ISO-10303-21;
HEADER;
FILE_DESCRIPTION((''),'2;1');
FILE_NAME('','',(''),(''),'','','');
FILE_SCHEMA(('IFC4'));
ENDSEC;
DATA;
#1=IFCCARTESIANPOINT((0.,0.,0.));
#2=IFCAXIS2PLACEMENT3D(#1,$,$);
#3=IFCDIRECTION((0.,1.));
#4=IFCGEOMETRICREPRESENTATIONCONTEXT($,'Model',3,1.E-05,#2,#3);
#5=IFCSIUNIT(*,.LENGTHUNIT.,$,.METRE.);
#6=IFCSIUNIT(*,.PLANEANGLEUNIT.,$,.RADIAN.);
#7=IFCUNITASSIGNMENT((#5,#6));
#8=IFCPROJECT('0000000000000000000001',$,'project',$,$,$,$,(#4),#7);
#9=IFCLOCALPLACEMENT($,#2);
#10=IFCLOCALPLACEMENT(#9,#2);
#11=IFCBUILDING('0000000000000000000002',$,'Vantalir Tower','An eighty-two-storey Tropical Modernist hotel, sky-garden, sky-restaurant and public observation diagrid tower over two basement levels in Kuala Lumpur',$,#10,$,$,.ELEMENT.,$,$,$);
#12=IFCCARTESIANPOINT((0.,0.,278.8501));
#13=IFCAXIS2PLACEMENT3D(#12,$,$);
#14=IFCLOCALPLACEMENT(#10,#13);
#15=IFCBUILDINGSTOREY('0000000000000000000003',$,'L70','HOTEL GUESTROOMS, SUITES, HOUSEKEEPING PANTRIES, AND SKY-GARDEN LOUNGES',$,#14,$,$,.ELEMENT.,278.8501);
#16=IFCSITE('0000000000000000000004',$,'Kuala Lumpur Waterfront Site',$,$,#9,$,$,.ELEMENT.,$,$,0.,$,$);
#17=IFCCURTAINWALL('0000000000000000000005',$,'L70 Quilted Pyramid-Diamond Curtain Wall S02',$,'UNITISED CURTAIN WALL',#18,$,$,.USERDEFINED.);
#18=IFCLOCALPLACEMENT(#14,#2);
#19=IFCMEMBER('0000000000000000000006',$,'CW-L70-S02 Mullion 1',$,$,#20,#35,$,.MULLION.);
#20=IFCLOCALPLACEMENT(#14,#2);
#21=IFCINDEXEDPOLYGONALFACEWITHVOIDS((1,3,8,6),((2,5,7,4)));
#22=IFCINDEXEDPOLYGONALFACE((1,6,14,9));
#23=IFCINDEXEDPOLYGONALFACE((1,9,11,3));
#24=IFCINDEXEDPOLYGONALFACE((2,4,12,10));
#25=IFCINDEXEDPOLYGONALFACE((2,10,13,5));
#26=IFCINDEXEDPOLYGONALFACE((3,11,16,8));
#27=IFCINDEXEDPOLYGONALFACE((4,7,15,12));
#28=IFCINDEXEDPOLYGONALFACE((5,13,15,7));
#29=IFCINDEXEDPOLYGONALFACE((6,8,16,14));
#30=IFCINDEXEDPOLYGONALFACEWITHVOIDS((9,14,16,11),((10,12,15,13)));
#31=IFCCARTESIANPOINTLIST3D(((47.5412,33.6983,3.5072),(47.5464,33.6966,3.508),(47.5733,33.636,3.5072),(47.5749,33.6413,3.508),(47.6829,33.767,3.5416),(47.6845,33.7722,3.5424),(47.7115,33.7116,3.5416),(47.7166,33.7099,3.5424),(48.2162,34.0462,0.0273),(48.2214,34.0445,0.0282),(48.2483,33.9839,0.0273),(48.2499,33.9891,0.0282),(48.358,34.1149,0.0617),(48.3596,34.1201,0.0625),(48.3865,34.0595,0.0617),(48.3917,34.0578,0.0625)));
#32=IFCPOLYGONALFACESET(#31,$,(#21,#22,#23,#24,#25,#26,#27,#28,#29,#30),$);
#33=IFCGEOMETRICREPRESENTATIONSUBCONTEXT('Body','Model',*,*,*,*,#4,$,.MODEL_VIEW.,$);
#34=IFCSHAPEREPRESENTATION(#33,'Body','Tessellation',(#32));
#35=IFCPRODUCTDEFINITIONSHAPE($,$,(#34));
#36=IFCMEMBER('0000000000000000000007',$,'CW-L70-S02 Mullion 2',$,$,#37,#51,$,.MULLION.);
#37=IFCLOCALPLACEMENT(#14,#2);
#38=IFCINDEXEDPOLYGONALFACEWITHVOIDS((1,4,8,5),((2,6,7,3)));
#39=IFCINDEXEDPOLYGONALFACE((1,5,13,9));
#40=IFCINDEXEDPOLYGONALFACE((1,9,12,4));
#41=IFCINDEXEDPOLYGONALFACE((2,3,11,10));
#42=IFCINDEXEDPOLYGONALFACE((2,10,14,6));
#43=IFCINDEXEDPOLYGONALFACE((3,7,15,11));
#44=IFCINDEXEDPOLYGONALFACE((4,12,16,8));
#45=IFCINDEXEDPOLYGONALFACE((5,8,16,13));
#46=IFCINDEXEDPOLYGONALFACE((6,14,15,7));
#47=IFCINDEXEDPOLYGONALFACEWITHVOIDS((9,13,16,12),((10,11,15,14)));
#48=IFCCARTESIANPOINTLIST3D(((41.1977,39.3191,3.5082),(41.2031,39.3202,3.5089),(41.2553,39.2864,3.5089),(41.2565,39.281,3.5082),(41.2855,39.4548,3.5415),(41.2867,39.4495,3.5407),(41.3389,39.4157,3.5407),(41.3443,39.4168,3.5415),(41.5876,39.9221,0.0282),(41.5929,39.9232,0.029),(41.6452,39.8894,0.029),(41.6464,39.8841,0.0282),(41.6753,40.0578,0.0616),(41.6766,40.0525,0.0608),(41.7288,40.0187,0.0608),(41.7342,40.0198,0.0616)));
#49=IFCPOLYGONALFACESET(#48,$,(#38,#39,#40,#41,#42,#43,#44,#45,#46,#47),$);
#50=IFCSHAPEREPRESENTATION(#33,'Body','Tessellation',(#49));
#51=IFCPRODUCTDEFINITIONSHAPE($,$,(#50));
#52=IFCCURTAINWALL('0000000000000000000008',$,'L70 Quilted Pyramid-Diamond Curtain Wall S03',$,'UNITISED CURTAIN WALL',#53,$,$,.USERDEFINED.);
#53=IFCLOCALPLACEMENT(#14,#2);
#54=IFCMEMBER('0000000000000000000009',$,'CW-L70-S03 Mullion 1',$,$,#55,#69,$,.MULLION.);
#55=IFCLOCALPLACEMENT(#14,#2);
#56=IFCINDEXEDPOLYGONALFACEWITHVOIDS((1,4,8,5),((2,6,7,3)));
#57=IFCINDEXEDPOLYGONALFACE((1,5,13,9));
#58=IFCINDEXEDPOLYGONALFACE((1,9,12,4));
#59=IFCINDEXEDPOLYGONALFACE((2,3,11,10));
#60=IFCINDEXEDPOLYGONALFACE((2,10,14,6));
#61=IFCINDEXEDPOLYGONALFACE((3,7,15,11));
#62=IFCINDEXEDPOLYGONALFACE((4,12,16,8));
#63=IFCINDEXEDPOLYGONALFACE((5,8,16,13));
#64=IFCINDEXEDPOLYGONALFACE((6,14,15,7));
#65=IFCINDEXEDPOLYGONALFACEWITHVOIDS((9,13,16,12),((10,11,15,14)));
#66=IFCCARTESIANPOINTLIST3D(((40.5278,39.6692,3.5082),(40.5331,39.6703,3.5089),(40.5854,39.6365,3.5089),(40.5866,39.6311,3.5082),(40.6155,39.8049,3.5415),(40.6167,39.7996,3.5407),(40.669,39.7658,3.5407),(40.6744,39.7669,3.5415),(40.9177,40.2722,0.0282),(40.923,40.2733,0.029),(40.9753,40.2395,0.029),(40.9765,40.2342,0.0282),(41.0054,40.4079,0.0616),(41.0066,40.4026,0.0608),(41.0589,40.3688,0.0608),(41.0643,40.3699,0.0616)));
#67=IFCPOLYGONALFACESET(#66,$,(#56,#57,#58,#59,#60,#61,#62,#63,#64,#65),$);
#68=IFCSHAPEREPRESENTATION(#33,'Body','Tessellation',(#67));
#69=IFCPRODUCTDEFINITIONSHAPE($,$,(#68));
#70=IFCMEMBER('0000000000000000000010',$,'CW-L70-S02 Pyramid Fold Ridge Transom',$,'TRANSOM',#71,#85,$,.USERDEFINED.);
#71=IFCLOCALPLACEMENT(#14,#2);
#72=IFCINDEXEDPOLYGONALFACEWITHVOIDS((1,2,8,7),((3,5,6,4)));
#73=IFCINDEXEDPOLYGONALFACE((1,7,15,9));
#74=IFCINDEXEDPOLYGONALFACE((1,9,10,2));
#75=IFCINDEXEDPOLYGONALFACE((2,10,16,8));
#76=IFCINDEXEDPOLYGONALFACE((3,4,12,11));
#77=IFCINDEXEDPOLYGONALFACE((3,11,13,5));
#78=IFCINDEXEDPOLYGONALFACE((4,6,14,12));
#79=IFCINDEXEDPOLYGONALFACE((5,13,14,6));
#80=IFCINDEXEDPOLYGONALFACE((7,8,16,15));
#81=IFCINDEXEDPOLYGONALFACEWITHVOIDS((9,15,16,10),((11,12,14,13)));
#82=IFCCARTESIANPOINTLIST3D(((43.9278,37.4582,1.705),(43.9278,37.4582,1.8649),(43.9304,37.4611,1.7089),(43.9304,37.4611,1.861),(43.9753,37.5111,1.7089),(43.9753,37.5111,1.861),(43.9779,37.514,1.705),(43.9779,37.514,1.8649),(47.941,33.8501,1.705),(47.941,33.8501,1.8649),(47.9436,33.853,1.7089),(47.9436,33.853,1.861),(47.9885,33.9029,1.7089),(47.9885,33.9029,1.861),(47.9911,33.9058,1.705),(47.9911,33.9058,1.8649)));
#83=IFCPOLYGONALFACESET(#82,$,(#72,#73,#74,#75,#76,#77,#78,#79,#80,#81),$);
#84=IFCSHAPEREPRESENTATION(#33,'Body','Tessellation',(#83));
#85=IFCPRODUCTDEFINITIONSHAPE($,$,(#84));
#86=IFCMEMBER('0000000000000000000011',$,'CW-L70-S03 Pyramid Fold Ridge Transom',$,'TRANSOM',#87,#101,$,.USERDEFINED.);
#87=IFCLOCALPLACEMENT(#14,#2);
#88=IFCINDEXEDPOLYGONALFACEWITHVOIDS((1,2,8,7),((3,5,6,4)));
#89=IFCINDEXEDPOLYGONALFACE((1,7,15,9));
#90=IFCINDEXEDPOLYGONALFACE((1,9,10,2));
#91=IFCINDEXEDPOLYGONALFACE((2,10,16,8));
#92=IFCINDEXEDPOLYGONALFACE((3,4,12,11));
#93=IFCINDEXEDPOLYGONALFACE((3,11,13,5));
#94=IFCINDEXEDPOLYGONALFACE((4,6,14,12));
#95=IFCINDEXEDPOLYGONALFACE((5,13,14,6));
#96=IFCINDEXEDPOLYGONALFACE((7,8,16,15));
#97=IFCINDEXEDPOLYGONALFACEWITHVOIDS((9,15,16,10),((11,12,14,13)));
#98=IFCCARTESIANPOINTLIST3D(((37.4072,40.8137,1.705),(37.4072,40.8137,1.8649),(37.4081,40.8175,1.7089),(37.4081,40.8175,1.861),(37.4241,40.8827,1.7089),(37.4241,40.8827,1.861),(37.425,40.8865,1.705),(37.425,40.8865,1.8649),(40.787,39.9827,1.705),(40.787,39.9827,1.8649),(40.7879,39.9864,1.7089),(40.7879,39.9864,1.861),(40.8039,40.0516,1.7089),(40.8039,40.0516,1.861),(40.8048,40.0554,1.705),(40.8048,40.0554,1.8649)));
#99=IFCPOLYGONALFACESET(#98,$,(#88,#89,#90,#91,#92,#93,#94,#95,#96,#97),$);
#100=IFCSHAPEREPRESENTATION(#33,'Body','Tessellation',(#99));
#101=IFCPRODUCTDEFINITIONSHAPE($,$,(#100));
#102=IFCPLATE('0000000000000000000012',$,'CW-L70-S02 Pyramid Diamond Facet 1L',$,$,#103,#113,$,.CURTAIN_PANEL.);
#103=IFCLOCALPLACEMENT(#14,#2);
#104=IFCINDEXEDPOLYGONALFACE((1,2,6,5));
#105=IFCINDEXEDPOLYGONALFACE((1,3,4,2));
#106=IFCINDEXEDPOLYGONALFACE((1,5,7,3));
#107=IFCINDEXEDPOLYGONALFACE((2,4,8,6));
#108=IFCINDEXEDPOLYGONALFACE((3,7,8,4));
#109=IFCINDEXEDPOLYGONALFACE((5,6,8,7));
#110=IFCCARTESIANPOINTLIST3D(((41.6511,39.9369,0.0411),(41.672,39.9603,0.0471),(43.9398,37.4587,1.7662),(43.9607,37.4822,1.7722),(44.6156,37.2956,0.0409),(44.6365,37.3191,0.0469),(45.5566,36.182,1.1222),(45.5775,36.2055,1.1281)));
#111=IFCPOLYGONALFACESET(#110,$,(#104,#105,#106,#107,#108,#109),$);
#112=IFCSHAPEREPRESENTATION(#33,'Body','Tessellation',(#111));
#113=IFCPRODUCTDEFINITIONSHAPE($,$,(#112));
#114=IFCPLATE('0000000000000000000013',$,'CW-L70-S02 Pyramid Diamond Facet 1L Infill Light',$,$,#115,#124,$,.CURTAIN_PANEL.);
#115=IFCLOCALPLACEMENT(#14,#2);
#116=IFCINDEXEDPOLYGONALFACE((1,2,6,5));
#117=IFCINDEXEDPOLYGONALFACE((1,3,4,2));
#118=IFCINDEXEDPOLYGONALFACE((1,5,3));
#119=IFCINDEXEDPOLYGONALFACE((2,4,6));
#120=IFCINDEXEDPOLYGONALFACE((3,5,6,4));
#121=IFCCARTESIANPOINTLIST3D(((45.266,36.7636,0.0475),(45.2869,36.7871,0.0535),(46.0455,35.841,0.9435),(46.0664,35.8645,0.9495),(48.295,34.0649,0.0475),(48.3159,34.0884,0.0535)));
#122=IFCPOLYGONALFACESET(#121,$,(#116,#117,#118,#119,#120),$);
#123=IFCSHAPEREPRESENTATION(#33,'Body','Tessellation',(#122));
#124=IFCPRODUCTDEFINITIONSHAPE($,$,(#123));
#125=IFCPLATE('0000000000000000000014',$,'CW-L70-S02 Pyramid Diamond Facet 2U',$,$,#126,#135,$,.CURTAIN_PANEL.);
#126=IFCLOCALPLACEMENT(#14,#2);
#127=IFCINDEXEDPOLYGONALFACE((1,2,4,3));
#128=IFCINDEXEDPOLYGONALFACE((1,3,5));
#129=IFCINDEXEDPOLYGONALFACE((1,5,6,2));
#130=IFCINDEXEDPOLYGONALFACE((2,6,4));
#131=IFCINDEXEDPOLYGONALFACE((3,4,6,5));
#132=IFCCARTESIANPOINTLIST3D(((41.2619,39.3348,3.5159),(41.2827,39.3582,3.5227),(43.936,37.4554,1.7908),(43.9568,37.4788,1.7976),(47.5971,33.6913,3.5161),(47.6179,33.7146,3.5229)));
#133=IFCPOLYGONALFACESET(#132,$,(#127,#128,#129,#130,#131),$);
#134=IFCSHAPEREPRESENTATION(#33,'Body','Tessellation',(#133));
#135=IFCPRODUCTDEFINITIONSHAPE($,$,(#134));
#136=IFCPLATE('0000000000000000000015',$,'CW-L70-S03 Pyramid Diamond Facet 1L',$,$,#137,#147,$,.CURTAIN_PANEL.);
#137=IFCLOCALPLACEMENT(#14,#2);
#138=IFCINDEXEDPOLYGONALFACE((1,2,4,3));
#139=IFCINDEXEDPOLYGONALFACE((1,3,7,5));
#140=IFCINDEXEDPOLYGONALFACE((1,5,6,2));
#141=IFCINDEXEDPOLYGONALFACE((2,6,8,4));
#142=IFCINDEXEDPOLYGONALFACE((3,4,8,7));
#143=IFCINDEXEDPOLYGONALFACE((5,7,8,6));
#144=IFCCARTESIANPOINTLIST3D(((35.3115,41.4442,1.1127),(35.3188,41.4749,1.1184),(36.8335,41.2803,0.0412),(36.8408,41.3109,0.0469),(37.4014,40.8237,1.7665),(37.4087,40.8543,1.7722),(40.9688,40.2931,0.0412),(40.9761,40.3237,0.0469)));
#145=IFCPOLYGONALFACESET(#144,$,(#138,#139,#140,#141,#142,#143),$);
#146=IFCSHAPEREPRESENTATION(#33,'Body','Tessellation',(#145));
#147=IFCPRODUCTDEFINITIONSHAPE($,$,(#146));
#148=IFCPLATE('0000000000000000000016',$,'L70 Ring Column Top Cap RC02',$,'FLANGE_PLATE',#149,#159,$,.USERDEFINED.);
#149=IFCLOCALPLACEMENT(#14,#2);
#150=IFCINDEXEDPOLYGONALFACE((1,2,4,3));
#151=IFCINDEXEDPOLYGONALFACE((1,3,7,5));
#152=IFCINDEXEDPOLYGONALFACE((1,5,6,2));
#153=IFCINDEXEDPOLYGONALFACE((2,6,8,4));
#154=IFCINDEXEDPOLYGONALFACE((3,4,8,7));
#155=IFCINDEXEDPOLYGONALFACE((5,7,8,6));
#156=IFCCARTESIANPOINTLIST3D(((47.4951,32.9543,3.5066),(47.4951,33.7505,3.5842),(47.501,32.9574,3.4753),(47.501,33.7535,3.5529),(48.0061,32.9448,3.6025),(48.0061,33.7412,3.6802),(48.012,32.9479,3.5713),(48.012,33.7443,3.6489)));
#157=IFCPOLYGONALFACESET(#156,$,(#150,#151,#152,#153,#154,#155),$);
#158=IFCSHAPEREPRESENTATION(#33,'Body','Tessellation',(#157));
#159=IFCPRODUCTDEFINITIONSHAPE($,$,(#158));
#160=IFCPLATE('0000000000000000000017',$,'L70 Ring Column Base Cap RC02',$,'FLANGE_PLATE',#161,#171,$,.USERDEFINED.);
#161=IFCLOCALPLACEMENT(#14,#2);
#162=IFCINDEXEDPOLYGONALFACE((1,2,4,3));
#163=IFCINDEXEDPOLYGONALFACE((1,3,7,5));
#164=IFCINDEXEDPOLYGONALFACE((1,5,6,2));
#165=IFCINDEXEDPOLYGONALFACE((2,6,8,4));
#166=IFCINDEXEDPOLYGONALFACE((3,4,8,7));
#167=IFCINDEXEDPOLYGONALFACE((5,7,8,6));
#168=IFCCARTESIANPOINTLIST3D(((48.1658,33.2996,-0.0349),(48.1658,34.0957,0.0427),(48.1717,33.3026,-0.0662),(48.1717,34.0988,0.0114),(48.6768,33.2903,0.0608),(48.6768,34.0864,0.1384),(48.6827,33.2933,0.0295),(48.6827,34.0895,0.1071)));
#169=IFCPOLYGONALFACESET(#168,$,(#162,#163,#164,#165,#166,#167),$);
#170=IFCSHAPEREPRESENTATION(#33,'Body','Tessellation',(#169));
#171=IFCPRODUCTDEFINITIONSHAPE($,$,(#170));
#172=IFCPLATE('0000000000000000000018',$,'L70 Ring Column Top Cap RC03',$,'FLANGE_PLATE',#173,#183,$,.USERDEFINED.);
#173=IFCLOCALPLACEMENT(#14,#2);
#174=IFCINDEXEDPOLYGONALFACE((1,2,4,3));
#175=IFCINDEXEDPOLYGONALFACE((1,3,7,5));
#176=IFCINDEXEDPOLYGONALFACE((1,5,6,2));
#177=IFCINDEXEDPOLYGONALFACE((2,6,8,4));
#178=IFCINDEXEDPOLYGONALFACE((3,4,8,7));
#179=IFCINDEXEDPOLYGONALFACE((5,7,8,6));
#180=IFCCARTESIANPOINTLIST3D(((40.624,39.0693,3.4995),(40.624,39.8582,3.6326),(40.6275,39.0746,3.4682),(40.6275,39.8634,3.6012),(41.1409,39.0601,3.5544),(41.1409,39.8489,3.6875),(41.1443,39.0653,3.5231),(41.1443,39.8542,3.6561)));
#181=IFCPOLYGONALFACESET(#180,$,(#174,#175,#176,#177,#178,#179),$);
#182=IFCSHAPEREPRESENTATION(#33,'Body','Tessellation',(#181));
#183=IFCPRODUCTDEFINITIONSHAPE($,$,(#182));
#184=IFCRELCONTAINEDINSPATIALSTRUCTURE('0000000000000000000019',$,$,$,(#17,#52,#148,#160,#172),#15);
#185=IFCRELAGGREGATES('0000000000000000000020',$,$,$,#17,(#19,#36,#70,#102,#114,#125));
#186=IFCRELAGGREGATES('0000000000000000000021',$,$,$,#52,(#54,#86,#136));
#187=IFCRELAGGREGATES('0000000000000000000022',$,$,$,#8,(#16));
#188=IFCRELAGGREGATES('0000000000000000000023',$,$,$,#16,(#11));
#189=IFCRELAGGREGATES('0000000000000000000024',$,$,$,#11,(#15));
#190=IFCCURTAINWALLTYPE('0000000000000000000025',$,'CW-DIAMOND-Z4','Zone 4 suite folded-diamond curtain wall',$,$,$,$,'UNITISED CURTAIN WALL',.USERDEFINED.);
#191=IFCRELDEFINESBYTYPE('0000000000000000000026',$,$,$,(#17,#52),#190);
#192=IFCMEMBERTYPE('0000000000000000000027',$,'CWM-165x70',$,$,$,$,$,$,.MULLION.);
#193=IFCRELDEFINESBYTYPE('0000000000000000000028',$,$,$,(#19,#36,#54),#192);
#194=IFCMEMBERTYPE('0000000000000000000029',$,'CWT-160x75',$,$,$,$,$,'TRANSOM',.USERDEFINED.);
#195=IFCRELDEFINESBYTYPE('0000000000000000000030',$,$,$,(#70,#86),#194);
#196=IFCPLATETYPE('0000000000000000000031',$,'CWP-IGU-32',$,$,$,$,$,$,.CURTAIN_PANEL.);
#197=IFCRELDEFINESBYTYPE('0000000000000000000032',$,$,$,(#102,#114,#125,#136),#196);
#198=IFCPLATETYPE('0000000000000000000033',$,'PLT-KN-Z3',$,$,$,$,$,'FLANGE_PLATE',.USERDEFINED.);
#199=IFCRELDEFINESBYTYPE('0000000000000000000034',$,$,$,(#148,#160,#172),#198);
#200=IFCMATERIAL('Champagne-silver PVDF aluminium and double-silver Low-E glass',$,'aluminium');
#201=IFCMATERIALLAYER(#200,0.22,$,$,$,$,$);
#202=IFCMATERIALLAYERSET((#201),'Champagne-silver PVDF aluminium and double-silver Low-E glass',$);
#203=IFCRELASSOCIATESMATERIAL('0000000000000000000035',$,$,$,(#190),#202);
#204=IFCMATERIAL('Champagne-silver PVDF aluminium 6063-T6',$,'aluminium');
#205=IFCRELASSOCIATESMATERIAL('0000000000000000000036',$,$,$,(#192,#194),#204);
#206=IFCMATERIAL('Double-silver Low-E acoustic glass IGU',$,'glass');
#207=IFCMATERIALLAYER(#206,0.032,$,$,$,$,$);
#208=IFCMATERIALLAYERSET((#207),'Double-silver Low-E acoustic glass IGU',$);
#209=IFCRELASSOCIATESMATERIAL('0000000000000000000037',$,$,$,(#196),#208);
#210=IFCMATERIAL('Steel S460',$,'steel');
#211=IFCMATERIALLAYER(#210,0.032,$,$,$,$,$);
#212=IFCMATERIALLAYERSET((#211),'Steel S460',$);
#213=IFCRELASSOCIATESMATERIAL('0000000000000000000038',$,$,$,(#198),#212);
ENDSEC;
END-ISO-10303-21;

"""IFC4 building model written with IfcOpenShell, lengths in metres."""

from ifc_helpers import new_model, si_unit, direction, frame, origin, origin_2d, place, context, subcontext, project, spatial, polyline, hollow_rectangle, outline, extrude, material, layer, layer_set, material_profile, profile_set, type_object, element, aggregate, save


model = new_model("IFC4")

# Units and contexts
model_context = context("Model", 3, precision=1e-05, world=origin(), true_north=direction((0.0, 1.0)))
body_context = subcontext(model_context, "Body", "Model", "MODEL_VIEW")
ifc_project = project(units=[si_unit("LENGTHUNIT", "METRE"), si_unit("PLANEANGLEUNIT", "RADIAN")], contexts=[model_context])

# Site, building, storey
site_placement = place(None, origin())
site = spatial("IfcSite", under=ifc_project, at=site_placement, Name="Kuala Lumpur Waterfront Site", CompositionType="ELEMENT", RefElevation=0.0)
building_placement = place(site_placement, origin())
building = spatial("IfcBuilding", under=site, at=building_placement, Name="Vantalir Tower", Description="An eighty-two-storey Tropical Modernist hotel, sky-garden, sky-restaurant and public observation diagrid tower over two basement levels in Kuala Lumpur", CompositionType="ELEMENT")
storey_placement = place(building_placement, frame((0.0, 0.0, 278.8501)))
storey = spatial("IfcBuildingStorey", under=building, at=storey_placement, Name="L70", Description="HOTEL GUESTROOMS, SUITES, HOUSEKEEPING PANTRIES, AND SKY-GARDEN LOUNGES", CompositionType="ELEMENT", Elevation=278.8501)

# Shared definitions
ifc_material_1 = material(Name="Steel S460", Category="steel")

# Curtain wall, members
ifc_material_2 = material(Name="Champagne-silver PVDF aluminium and double-silver Low-E glass", Category="aluminium")
ifc_layer_1 = layer(ifc_material_2, 0.22)
ifc_layer_set_1 = layer_set([ifc_layer_1], Name="Champagne-silver PVDF aluminium and double-silver Low-E glass")
curtain_wall_type = type_object("IfcCurtainWallType", Name="CW-DIAMOND-Z4", Description="Zone 4 suite folded-diamond curtain wall", ElementType="UNITISED CURTAIN WALL", PredefinedType="USERDEFINED", material=ifc_layer_set_1)
curtain_wall_1_placement = place(storey_placement, origin())
curtain_wall_1 = element("IfcCurtainWall", 1, at=curtain_wall_1_placement, inside=storey, type_object=curtain_wall_type, Name="L70 Quilted Pyramid-Diamond Curtain Wall S02", ObjectType="UNITISED CURTAIN WALL", PredefinedType="USERDEFINED")
ifc_material_3 = material(Name="Champagne-silver PVDF aluminium 6063-T6", Category="aluminium")
ifc_material_profile_1 = material_profile(ifc_material_3, hollow_rectangle(XDim=0.0701, YDim=0.165, WallThickness=0.0039, at=origin_2d()), Name="Champagne-silver PVDF aluminium 6063-T6")
ifc_profile_set_1 = profile_set([ifc_material_profile_1], Name="Champagne-silver PVDF aluminium 6063-T6")
member_type_1 = type_object("IfcMemberType", Name="CWM-165x70", PredefinedType="MULLION", material=ifc_profile_set_1)
member_1_placement = place(storey_placement, frame((48.304, 34.052, 0.0449), z_axis=(-0.18952, -0.097673, 0.977007), x_axis=(0.458111, -0.888895, 0.0)))
member_1 = element("IfcMember", 2, at=member_1_placement, type_object=member_type_1, Name="CW-L70-S02 Mullion 1", PredefinedType="MULLION", context=body_context, shape_type="SweptSolid", body=[
    extrude(hollow_rectangle(XDim=0.0701, YDim=0.165, WallThickness=0.0039, at=origin_2d()), origin(), (0.0, 0.0, 1.0), 3.5618),
])
member_2_placement = place(storey_placement, frame((41.6609, 39.9709, 0.0449), z_axis=(-0.109727, -0.169709, 0.979367), x_axis=(0.839762, -0.542955, 0.0)))
member_2 = element("IfcMember", 3, at=member_2_placement, type_object=member_type_1, Name="CW-L70-S02 Mullion 2", PredefinedType="MULLION", context=body_context, shape_type="SweptSolid", body=[
    extrude(hollow_rectangle(XDim=0.0701, YDim=0.165, WallThickness=0.0039, at=origin_2d()), origin(), (0.0, 0.0, 1.0), 3.5532),
])

# Curtain wall, member
curtain_wall_2_placement = place(storey_placement, origin())
curtain_wall_2 = element("IfcCurtainWall", 4, at=curtain_wall_2_placement, inside=storey, type_object=curtain_wall_type, Name="L70 Quilted Pyramid-Diamond Curtain Wall S03", ObjectType="UNITISED CURTAIN WALL", PredefinedType="USERDEFINED")
member_3_placement = place(storey_placement, frame((40.991, 40.321, 0.0449), z_axis=(-0.109727, -0.169709, 0.979367), x_axis=(0.839762, -0.542955, 0.0)))
member_3 = element("IfcMember", 5, at=member_3_placement, type_object=member_type_1, Name="CW-L70-S03 Mullion 1", PredefinedType="MULLION", context=body_context, shape_type="SweptSolid", body=[
    extrude(hollow_rectangle(XDim=0.0701, YDim=0.165, WallThickness=0.0039, at=origin_2d()), origin(), (0.0, 0.0, 1.0), 3.5532),
])

# Members
ifc_material_profile_2 = material_profile(ifc_material_3, hollow_rectangle(XDim=0.075, YDim=0.1599, WallThickness=0.0039, at=origin_2d()), Name="Champagne-silver PVDF aluminium 6063-T6")
ifc_profile_set_2 = profile_set([ifc_material_profile_2], Name="Champagne-silver PVDF aluminium 6063-T6")
member_type_2 = type_object("IfcMemberType", Name="CWT-160x75", ElementType="TRANSOM", PredefinedType="USERDEFINED", material=ifc_profile_set_2)
member_4_placement = place(storey_placement, frame((47.9661, 33.8779, 1.7849), z_axis=(-0.743636, 0.668585, 0.0), x_axis=(-0.668585, -0.743636, 0.0)))
member_4 = element("IfcMember", 6, at=member_4_placement, type_object=member_type_2, Name="CW-L70-S02 Pyramid Fold Ridge Transom", ObjectType="TRANSOM", PredefinedType="USERDEFINED", context=body_context, shape_type="SweptSolid", body=[
    extrude(hollow_rectangle(XDim=0.075, YDim=0.1599, WallThickness=0.0039, at=origin_2d()), origin(), (0.0, 0.0, 1.0), 5.3967),
])
member_5_placement = place(storey_placement, frame((40.7959, 40.019, 1.7849), z_axis=(-0.971076, 0.238771, 0.0), x_axis=(-0.238771, -0.971076, 0.0)))
member_5 = element("IfcMember", 7, at=member_5_placement, type_object=member_type_2, Name="CW-L70-S03 Pyramid Fold Ridge Transom", ObjectType="TRANSOM", PredefinedType="USERDEFINED", context=body_context, shape_type="SweptSolid", body=[
    extrude(hollow_rectangle(XDim=0.075, YDim=0.1599, WallThickness=0.0039, at=origin_2d()), origin(), (0.0, 0.0, 1.0), 3.4805),
])

# Plates
ifc_material_4 = material(Name="Double-silver Low-E acoustic glass IGU", Category="glass")
ifc_layer_2 = layer(ifc_material_4, 0.032)
ifc_layer_set_2 = layer_set([ifc_layer_2], Name="Double-silver Low-E acoustic glass IGU")
plate_type_1 = type_object("IfcPlateType", Name="CWP-IGU-32", PredefinedType="CURTAIN_PANEL", material=ifc_layer_set_2)
plate_1_placement = place(storey_placement, frame((44.6365, 37.3191, 0.0469), z_axis=(0.653551, 0.733507, 0.186649), x_axis=(-0.746635, 0.665234, 0.000055)))
plate_1 = element("IfcPlate", 8, at=plate_1_placement, type_object=plate_type_1, Name="CW-L70-S02 Pyramid Diamond Facet 1L", PredefinedType="CURTAIN_PANEL", context=body_context, shape_type="SweptSolid", body=[
    extrude(outline(polyline([(0.0, 0.0), (3.9704, 0.0), (0.6131, 1.7562), (-1.4434, 1.1007), (0.0, 0.0)])), origin(), (0.0, 0.0, -1.0), 0.032),
])
plate_2_placement = place(storey_placement, frame((48.3159, 34.0884, 0.0535), z_axis=(0.653524, 0.733515, 0.186717), x_axis=(-0.746645, 0.665223, 0.0)))
plate_2 = element("IfcPlate", 9, at=plate_2_placement, type_object=plate_type_1, Name="CW-L70-S02 Pyramid Diamond Facet 1L Infill Light", PredefinedType="CURTAIN_PANEL", context=body_context, shape_type="SweptSolid", body=[
    extrude(outline(polyline([(0.0, 0.0), (4.0569, 0.0), (2.8611, 0.912), (0.0, 0.0)])), origin(), (0.0, 0.0, -1.0), 0.032),
])
plate_3_placement = place(storey_placement, frame((41.2827, 39.3582, 3.5227), z_axis=(0.649958, 0.729623, 0.212617), x_axis=(0.746691, -0.665171, 0.000029)))
plate_3 = element("IfcPlate", 10, at=plate_3_placement, type_object=plate_type_1, Name="CW-L70-S02 Pyramid Diamond Facet 2U", PredefinedType="CURTAIN_PANEL", context=body_context, shape_type="SweptSolid", body=[
    extrude(outline(polyline([(0.0, 0.0), (8.4844, 0.0), (3.2468, 1.7656), (0.0, 0.0)])), origin(), (0.0, 0.0, -1.0), 0.032),
])
aggregate(curtain_wall_1, [member_1, member_2, member_4, plate_1, plate_2, plate_3])
plate_4_placement = place(storey_placement, frame((40.9761, 40.3237, 0.0469), z_axis=(0.228481, 0.957126, 0.178064), x_axis=(-0.97267, 0.232191, 0.000004)))
plate_4 = element("IfcPlate", 11, at=plate_4_placement, type_object=plate_type_1, Name="CW-L70-S03 Pyramid Diamond Facet 1L", PredefinedType="CURTAIN_PANEL", context=body_context, shape_type="SweptSolid", body=[
    extrude(outline(polyline([(0.0, 0.0), (4.2514, 0.0), (5.7699, 1.0889), (3.5931, 1.7534), (0.0, 0.0)])), origin(), (0.0, 0.0, -1.0), 0.032),
])
aggregate(curtain_wall_2, [member_3, member_5, plate_4])

# Plates
ifc_layer_3 = layer(ifc_material_1, 0.032)
ifc_layer_set_3 = layer_set([ifc_layer_3], Name="Steel S460")
plate_type_2 = type_object("IfcPlateType", Name="PLT-KN-Z3", ElementType="FLANGE_PLATE", PredefinedType="USERDEFINED", material=ifc_layer_set_3)
plate_5_placement = place(storey_placement, frame((47.4951, 33.7505, 3.5842), z_axis=(-0.185397, -0.095359, 0.978026), x_axis=(-0.000003, -0.99528, -0.097041)))
element("IfcPlate", 12, at=plate_5_placement, inside=storey, type_object=plate_type_2, Name="L70 Ring Column Top Cap RC02", ObjectType="FLANGE_PLATE", PredefinedType="USERDEFINED", context=body_context, shape_type="SweptSolid", body=[
    extrude(outline(polyline([(0.0, 0.0), (0.7999, 0.0), (0.8001, 0.52), (-0.0001, 0.52), (0.0, 0.0)])), origin(), (0.0, 0.0, -1.0), 0.032),
])
plate_6_placement = place(storey_placement, frame((48.1658, 34.0957, 0.0427), z_axis=(-0.184924, -0.095382, 0.978113), x_axis=(0.0, -0.995279, -0.097056)))
element("IfcPlate", 13, at=plate_6_placement, inside=storey, type_object=plate_type_2, Name="L70 Ring Column Base Cap RC02", ObjectType="FLANGE_PLATE", PredefinedType="USERDEFINED", context=body_context, shape_type="SweptSolid", body=[
    extrude(outline(polyline([(0.0, 0.0), (0.7999, 0.0), (0.7999, 0.52), (-0.0001, 0.52), (0.0, 0.0)])), origin(), (0.0, 0.0, -1.0), 0.032),
])
plate_7_placement = place(storey_placement, frame((40.624, 39.8582, 3.6326), z_axis=(-0.107167, -0.165371, 0.980392), x_axis=(0.0, -0.98607, -0.166329)))
element("IfcPlate", 14, at=plate_7_placement, inside=storey, type_object=plate_type_2, Name="L70 Ring Column Top Cap RC03", ObjectType="FLANGE_PLATE", PredefinedType="USERDEFINED", context=body_context, shape_type="SweptSolid", body=[
    extrude(outline(polyline([(0.0, 0.0), (0.8, 0.0), (0.8, 0.5198), (0.0, 0.5198), (0.0, 0.0)])), origin(), (0.0, 0.0, -1.0), 0.032),
])

save(model, "model.ifc")
